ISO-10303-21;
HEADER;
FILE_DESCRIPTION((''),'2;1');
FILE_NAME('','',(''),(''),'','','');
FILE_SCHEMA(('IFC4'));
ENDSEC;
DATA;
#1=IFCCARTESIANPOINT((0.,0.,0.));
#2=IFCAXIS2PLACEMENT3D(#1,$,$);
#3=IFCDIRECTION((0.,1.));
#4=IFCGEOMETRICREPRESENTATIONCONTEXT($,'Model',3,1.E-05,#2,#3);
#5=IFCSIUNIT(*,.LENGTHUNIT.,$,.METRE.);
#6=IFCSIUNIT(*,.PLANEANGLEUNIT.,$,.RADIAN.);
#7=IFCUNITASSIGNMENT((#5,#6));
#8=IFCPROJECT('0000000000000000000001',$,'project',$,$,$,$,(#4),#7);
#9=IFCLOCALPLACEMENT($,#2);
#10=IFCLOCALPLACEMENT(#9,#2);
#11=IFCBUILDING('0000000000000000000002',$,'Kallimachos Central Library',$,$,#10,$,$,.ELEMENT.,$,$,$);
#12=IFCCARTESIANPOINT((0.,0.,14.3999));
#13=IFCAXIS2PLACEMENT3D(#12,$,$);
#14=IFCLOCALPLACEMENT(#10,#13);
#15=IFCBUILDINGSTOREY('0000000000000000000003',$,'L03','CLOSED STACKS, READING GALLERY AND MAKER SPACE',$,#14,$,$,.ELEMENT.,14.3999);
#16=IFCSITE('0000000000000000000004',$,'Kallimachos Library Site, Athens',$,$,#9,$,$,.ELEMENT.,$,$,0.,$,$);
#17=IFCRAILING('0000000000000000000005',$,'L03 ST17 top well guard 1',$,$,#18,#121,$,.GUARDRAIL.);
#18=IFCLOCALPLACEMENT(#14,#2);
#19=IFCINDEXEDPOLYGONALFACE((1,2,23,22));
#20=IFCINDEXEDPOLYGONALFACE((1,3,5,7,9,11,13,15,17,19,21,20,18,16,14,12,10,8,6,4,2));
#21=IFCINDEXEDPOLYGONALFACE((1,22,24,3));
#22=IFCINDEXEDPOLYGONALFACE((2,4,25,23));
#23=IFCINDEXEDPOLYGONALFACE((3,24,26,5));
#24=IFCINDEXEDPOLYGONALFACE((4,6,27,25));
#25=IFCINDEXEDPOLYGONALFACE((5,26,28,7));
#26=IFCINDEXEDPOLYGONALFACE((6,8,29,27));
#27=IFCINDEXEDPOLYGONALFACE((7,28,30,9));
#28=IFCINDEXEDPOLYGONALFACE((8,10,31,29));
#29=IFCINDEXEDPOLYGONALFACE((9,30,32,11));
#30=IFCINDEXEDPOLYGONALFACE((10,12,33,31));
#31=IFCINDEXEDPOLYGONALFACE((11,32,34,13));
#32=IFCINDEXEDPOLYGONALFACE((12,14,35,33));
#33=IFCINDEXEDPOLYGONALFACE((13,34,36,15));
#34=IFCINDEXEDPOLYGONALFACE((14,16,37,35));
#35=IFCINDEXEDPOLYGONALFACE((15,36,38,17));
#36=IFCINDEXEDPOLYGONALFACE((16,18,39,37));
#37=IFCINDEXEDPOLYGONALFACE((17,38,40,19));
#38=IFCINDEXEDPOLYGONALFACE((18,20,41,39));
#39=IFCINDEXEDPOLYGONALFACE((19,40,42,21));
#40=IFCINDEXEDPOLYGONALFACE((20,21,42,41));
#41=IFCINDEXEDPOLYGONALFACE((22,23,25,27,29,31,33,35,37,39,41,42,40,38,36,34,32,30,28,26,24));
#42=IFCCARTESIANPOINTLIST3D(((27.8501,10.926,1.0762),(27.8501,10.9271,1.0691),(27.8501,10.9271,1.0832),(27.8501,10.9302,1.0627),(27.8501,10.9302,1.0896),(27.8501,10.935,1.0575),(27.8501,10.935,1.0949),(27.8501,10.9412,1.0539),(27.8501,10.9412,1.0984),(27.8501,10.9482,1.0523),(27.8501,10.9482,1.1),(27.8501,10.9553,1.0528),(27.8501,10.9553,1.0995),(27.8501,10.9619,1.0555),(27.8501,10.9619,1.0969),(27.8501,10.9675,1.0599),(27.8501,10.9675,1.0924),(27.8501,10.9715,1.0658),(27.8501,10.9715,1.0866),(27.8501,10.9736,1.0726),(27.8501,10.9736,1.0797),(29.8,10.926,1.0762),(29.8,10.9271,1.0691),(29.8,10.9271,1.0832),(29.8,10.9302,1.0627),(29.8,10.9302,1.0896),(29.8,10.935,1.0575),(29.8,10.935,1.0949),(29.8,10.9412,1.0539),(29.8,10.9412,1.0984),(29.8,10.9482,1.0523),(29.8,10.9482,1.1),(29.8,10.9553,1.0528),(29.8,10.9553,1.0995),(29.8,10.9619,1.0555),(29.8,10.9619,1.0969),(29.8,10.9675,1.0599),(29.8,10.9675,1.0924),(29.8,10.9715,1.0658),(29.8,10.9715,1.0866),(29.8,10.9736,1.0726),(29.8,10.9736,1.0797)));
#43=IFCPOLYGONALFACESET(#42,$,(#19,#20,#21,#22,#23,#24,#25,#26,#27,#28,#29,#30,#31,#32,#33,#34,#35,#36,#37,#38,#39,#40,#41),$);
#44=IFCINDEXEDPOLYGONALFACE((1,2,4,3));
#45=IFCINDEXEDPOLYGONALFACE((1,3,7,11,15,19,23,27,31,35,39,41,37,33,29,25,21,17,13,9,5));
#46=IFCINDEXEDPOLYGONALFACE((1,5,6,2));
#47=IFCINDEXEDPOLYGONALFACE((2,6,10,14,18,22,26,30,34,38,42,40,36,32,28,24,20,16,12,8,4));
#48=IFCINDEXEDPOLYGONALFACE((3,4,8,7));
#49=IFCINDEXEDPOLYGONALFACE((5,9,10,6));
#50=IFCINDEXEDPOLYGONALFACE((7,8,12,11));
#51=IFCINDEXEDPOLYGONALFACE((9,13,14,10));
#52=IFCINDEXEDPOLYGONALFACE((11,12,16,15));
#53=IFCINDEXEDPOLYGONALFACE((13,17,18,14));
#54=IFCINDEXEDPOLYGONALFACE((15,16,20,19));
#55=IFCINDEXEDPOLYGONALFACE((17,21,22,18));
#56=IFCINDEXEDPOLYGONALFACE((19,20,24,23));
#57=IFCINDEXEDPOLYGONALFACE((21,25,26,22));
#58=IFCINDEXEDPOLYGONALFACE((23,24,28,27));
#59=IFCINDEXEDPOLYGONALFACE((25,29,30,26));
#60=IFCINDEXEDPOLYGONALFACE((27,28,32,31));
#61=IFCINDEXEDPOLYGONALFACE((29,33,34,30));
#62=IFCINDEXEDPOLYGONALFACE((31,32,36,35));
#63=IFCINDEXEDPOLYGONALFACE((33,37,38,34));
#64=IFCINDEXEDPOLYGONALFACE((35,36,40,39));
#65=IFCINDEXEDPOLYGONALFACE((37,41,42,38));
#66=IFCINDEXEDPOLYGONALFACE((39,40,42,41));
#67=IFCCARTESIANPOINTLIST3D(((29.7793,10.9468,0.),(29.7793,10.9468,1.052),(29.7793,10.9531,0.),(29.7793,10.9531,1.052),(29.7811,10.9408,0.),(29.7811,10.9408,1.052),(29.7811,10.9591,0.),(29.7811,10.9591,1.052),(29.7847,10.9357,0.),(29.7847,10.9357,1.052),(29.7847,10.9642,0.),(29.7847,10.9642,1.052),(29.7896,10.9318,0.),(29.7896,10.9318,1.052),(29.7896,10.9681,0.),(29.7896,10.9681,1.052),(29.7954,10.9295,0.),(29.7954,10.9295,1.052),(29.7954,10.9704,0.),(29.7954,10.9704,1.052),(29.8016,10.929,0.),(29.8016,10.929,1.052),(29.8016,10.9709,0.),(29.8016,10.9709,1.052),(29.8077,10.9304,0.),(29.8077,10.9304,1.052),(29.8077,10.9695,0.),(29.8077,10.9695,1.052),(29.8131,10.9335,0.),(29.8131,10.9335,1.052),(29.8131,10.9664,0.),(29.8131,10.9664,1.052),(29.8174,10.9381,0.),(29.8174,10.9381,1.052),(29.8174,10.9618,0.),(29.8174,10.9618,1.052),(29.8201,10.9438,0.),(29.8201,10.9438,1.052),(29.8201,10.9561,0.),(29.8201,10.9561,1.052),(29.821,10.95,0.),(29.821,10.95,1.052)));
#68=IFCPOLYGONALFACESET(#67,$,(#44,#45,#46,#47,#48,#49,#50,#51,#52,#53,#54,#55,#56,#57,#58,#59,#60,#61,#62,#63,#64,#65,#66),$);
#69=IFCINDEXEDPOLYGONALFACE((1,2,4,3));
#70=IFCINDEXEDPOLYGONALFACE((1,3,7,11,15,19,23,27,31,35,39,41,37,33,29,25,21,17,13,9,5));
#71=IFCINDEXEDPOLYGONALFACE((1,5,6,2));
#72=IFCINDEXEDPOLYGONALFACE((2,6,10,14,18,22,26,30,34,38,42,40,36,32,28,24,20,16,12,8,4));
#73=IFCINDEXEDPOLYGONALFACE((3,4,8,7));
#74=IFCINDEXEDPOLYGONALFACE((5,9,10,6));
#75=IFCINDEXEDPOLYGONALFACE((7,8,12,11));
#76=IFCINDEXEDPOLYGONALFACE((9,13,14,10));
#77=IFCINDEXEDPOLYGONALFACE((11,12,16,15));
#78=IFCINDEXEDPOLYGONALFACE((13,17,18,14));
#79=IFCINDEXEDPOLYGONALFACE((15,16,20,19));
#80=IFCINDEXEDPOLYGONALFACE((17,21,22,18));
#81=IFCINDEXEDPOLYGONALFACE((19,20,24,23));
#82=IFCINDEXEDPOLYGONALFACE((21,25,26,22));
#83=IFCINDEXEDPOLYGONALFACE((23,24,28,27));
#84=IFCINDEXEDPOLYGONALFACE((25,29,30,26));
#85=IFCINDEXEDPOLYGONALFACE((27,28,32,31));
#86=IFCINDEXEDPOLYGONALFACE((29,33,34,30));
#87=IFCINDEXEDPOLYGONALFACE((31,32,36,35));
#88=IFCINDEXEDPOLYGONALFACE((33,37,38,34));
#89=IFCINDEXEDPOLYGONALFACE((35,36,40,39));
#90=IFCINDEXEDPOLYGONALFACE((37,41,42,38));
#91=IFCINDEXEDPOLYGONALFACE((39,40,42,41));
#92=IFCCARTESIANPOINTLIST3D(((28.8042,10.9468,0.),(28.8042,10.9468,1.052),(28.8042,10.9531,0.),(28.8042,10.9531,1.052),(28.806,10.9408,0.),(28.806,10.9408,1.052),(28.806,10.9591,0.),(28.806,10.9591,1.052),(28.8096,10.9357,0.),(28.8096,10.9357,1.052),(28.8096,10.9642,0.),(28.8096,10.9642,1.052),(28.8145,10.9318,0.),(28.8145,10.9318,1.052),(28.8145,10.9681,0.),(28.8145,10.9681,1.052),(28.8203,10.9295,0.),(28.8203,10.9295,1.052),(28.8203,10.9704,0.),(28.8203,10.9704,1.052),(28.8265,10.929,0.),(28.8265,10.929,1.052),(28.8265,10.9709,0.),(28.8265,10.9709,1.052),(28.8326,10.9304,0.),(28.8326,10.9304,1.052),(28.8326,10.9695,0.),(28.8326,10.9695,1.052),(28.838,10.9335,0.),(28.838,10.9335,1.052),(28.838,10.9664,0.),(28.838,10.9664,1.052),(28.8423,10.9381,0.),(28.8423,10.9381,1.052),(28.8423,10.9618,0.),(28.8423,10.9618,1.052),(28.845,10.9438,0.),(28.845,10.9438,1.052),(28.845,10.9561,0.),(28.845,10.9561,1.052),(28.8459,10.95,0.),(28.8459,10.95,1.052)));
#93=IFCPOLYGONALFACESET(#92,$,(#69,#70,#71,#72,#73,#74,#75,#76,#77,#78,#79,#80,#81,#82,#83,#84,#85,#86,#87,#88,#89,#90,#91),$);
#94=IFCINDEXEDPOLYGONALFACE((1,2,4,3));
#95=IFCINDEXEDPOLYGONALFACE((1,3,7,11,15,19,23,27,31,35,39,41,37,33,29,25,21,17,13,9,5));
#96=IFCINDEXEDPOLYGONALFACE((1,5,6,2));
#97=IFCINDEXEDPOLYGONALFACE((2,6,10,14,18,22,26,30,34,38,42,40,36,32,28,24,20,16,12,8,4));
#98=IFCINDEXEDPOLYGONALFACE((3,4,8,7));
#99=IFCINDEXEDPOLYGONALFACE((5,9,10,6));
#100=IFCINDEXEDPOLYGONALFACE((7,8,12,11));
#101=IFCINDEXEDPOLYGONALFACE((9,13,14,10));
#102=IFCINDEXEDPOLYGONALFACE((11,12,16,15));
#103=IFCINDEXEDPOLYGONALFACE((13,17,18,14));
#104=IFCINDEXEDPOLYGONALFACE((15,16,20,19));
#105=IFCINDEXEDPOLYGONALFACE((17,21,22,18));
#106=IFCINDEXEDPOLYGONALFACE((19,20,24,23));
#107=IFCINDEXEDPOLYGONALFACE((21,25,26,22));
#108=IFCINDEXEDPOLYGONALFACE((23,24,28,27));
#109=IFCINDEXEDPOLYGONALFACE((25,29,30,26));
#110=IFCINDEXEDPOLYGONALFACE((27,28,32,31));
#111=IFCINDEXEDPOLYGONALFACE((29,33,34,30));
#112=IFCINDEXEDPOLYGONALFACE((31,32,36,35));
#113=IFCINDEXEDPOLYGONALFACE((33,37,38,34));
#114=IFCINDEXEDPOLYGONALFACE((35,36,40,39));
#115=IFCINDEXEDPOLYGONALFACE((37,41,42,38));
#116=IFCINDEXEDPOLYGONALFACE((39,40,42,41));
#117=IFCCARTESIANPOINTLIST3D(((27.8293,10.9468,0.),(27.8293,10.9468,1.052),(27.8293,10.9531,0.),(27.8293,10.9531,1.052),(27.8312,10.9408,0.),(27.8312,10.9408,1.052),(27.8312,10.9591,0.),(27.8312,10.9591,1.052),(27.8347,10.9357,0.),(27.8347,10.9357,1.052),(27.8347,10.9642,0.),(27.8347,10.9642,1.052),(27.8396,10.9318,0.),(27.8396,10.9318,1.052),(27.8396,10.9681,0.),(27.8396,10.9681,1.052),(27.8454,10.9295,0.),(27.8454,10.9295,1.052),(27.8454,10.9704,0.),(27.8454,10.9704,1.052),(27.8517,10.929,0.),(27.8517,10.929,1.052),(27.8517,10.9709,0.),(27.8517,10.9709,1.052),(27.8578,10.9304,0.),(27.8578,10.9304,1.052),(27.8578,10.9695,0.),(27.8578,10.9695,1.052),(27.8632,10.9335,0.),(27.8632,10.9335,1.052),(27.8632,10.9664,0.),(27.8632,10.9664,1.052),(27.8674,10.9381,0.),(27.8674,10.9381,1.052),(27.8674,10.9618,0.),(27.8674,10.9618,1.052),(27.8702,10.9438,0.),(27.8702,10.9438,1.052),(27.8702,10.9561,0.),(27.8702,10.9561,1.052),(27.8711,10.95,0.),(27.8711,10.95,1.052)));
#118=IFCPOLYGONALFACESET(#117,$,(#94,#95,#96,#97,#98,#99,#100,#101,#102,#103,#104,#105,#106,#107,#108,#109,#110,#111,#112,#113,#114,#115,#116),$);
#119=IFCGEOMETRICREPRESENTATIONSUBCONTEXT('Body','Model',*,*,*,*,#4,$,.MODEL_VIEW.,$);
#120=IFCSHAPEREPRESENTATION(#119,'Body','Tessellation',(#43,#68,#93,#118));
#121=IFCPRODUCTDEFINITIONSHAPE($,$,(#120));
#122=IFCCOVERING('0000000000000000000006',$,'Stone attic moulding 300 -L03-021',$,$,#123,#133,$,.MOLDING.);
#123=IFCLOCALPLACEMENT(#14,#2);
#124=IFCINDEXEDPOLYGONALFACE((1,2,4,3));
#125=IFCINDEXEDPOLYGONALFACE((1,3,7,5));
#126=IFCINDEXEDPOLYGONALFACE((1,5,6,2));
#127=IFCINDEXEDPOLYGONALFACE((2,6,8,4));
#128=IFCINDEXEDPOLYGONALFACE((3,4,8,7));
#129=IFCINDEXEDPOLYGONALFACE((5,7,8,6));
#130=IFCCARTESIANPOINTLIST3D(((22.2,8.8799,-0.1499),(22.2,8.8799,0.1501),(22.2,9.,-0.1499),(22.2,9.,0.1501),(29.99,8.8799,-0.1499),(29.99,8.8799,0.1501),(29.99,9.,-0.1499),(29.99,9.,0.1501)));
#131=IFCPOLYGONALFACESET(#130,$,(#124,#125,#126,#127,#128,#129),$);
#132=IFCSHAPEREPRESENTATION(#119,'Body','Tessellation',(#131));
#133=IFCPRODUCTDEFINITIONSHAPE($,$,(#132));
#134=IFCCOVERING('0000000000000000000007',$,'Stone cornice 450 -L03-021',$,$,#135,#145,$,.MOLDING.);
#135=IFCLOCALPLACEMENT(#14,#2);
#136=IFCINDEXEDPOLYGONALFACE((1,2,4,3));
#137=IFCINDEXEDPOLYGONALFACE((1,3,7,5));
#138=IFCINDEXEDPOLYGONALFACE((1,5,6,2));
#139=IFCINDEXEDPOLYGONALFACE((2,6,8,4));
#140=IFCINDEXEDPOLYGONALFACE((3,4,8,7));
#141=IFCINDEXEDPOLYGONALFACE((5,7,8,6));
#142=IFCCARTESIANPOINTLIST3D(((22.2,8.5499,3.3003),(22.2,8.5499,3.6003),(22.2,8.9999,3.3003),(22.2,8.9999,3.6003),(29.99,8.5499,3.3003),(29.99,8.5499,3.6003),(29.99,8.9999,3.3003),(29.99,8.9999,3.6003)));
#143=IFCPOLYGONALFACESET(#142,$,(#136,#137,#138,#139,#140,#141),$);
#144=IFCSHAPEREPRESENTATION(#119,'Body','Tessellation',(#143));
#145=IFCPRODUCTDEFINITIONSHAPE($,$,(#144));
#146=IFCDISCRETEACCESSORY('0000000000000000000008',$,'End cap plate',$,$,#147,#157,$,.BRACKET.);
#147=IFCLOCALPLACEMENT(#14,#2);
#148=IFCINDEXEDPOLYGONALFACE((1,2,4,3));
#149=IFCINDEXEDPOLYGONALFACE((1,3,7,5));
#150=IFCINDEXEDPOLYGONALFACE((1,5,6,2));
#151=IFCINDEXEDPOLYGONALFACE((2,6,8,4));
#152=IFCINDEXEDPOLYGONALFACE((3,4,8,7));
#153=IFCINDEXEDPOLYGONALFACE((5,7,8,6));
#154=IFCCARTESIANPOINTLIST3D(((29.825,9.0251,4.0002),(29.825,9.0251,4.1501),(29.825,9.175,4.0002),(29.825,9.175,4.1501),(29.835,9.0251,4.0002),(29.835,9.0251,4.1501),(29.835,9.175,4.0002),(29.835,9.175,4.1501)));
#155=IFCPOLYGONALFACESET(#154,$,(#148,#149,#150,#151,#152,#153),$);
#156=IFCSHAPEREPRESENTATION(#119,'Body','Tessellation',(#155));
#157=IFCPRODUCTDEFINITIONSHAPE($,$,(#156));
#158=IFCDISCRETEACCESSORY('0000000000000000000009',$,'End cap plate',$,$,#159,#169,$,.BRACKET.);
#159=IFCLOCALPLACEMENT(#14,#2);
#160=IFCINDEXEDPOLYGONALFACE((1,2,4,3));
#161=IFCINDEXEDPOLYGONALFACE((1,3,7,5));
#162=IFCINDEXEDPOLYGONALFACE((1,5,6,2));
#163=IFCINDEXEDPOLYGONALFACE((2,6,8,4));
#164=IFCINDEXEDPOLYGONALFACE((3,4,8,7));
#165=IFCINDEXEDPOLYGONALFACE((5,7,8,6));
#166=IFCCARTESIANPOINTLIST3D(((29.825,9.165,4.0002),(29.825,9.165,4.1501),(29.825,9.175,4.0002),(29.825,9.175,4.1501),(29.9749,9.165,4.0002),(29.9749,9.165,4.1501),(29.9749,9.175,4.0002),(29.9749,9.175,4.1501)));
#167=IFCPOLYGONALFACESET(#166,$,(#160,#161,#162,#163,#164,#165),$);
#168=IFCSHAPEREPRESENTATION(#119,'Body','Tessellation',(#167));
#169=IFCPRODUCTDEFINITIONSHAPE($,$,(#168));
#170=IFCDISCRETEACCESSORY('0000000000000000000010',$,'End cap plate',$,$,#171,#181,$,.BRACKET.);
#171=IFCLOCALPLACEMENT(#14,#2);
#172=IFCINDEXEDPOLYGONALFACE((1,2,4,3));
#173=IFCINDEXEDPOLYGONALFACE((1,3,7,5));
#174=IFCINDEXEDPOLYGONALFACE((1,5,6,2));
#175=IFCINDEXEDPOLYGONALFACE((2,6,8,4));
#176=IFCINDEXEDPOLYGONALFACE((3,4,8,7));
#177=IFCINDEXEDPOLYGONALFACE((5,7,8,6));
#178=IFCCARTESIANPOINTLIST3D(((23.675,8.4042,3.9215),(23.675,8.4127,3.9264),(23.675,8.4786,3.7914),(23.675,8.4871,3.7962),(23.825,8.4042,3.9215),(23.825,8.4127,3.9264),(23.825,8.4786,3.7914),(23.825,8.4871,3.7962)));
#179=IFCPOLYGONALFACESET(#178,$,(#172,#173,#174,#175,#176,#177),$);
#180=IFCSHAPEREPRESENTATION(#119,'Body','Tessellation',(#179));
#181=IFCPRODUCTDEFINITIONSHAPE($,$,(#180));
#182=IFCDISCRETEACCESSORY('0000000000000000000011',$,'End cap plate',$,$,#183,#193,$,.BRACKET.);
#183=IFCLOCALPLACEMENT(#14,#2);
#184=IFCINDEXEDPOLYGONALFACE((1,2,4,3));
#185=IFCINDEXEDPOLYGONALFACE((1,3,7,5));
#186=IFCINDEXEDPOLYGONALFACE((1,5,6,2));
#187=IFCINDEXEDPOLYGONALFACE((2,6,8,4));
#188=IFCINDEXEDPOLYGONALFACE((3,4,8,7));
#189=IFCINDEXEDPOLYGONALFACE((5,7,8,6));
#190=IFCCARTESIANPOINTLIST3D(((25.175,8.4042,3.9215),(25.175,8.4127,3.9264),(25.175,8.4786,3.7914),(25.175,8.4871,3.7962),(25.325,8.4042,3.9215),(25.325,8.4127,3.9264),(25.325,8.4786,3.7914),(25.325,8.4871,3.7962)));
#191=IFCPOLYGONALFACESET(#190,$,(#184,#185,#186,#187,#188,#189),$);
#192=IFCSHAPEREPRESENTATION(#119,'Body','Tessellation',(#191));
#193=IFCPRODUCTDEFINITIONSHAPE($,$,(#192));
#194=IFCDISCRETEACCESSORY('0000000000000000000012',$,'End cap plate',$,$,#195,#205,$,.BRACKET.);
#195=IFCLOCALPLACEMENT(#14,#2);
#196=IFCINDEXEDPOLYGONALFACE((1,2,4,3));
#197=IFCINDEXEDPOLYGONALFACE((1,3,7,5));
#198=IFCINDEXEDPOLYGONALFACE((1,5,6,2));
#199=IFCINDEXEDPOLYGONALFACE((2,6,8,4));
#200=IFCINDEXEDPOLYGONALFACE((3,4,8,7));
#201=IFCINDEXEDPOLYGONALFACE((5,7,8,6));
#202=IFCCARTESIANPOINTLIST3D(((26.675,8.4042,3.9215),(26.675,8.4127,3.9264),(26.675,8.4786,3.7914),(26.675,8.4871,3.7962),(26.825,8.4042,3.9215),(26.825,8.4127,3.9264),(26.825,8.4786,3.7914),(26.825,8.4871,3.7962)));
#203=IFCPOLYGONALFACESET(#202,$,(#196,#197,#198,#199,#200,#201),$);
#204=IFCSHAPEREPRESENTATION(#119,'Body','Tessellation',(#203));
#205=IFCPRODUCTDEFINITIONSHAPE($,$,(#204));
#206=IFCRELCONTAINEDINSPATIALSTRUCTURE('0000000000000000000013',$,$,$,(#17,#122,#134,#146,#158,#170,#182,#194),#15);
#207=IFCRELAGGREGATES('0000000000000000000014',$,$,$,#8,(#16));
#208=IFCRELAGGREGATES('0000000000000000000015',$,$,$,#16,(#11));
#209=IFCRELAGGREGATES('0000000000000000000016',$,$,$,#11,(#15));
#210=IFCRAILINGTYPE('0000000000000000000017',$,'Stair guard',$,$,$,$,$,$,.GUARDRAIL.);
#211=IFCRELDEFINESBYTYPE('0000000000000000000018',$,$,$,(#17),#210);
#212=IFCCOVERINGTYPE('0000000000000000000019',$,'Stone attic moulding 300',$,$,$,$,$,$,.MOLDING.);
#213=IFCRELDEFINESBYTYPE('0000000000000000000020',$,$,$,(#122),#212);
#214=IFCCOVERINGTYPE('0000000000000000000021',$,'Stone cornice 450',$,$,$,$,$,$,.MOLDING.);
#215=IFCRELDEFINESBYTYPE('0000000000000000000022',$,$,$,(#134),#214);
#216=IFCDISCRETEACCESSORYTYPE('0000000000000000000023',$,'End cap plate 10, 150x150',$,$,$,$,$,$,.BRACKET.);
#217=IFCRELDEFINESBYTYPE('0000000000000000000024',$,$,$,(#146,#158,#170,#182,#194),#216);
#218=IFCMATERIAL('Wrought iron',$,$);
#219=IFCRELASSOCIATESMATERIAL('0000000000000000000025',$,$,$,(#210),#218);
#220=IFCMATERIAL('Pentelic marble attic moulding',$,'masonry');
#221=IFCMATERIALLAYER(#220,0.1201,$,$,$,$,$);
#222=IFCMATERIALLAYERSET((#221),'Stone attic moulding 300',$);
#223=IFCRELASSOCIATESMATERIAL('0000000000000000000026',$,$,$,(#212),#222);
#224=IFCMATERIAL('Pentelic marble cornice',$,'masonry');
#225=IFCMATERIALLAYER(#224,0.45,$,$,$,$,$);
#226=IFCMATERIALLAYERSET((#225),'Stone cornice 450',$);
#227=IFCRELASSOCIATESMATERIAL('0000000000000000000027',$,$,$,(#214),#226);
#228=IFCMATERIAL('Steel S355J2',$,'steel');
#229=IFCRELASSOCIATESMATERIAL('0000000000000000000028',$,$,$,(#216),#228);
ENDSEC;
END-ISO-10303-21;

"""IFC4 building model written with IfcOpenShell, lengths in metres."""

from ifc_helpers import new_model, si_unit, direction, frame, origin, origin_2d, place, context, subcontext, project, spatial, rectangle, circle, extrude, material, layer, layer_set, material_profile, profile_set, type_object, element, save


model = new_model("IFC4")

# Units and contexts
model_context = context("Model", 3, precision=1e-05, world=origin(), true_north=direction((0.0, 1.0)))
body_context = subcontext(model_context, "Body", "Model", "MODEL_VIEW")
ifc_project = project(units=[si_unit("LENGTHUNIT", "METRE"), si_unit("PLANEANGLEUNIT", "RADIAN")], contexts=[model_context])

# Site, building, storey
site_placement = place(None, origin())
site = spatial("IfcSite", under=ifc_project, at=site_placement, Name="Kallimachos Library Site, Athens", CompositionType="ELEMENT", RefElevation=0.0)
building_placement = place(site_placement, origin())
building = spatial("IfcBuilding", under=site, at=building_placement, Name="Kallimachos Central Library", CompositionType="ELEMENT")
storey_placement = place(building_placement, frame((0.0, 0.0, 14.3999)))
storey = spatial("IfcBuildingStorey", under=building, at=storey_placement, Name="L03", Description="CLOSED STACKS, READING GALLERY AND MAKER SPACE", CompositionType="ELEMENT", Elevation=14.3999)

# Railing
ifc_material_1 = material(Name="Wrought iron")
railing_type = type_object("IfcRailingType", Name="Stair guard", PredefinedType="GUARDRAIL", material=ifc_material_1)
railing_placement = place(storey_placement, frame((29.8, 10.95, 0.0)))
element("IfcRailing", 1, at=railing_placement, inside=storey, type_object=railing_type, Name="L03 ST17 top well guard 1", PredefinedType="GUARDRAIL", context=body_context, shape_type="SweptSolid", body=[
    extrude(circle(Radius=0.0239, at=origin_2d()), frame((0.0, 0.0, 1.0762), z_axis=(-1.0, 0.0, 0.0), x_axis=(0.0, -1.0, 0.0)), (0.0, 0.0, 1.0), 1.95),
    extrude(circle(Radius=0.021, at=origin_2d()), origin(), (0.0, 0.0, 1.0), 1.052),
    extrude(circle(Radius=0.021, at=origin_2d()), frame((-0.9751, 0.0, 0.0)), (0.0, 0.0, 1.0), 1.052),
    extrude(circle(Radius=0.021, at=origin_2d()), frame((-1.95, 0.0, 0.0)), (0.0, 0.0, 1.0), 1.052),
])

# Coverings
ifc_material_2 = material(Name="Pentelic marble attic moulding", Category="masonry")
ifc_layer_1 = layer(ifc_material_2, 0.1201)
ifc_layer_set_1 = layer_set([ifc_layer_1], Name="Stone attic moulding 300")
covering_type_1 = type_object("IfcCoveringType", Name="Stone attic moulding 300", PredefinedType="MOLDING", material=ifc_layer_set_1)
covering_1_placement = place(storey_placement, frame((26.095, 8.9399, -0.1499), z_axis=(0.0, 0.0, 1.0), x_axis=(1.0, 0.0, 0.0)))
element("IfcCovering", 2, at=covering_1_placement, inside=storey, type_object=covering_type_1, Name="Stone attic moulding 300 -L03-021", PredefinedType="MOLDING", context=body_context, shape_type="SweptSolid", body=[
    extrude(rectangle(XDim=7.79, YDim=0.1201, at=origin_2d()), origin(), (0.0, 0.0, 1.0), 0.3),
])
ifc_material_3 = material(Name="Pentelic marble cornice", Category="masonry")
ifc_layer_2 = layer(ifc_material_3, 0.45)
ifc_layer_set_2 = layer_set([ifc_layer_2], Name="Stone cornice 450")
covering_type_2 = type_object("IfcCoveringType", Name="Stone cornice 450", PredefinedType="MOLDING", material=ifc_layer_set_2)
covering_2_placement = place(storey_placement, frame((26.095, 8.7749, 3.3003), z_axis=(0.0, 0.0, 1.0), x_axis=(1.0, 0.0, 0.0)))
element("IfcCovering", 3, at=covering_2_placement, inside=storey, type_object=covering_type_2, Name="Stone cornice 450 -L03-021", PredefinedType="MOLDING", context=body_context, shape_type="SweptSolid", body=[
    extrude(rectangle(XDim=7.79, YDim=0.45, at=origin_2d()), origin(), (0.0, 0.0, 1.0), 0.3),
])

# Discrete accessories
ifc_material_4 = material(Name="Steel S355J2", Category="steel")
ifc_material_profile_1 = material_profile(ifc_material_4, rectangle(XDim=0.1499, YDim=0.1499, at=origin_2d()), Name="End cap plate 10, 150x150")
ifc_profile_set_1 = profile_set([ifc_material_profile_1], Name="Steel S355J2")
discrete_accessory_type = type_object("IfcDiscreteAccessoryType", Name="End cap plate 10, 150x150", PredefinedType="BRACKET", material=ifc_profile_set_1)
for number, where, z_axis, x_axis, name in (
    (4, (29.825, 9.1001, 4.0752), (1.0, 0.0, 0.0), (0.0, 1.0, 0.0), "End cap plate"),
    (5, (29.8999, 9.165, 4.0752), (0.0, 1.0, 0.0), (-1.0, 0.0, 0.0), "End cap plate"),
):
    element("IfcDiscreteAccessory", number, at=place(storey_placement, frame(where, z_axis=z_axis, x_axis=x_axis)), inside=storey, type_object=discrete_accessory_type, Name=name, PredefinedType="BRACKET", context=body_context, shape_type="SweptSolid", body=[
        extrude(rectangle(XDim=0.1499, YDim=0.1499, at=origin_2d()), origin(), (0.0, 0.0, 1.0), 0.01),
    ])
for number, where, z_axis, x_axis, name in (
    (6, (23.75, 8.4414, 3.8564), (0.0, 0.868243, 0.496139), (-1.0, 0.0, 0.0), "End cap plate"),
    (7, (25.25, 8.4414, 3.8564), (0.0, 0.868243, 0.496139), (-1.0, 0.0, 0.0), "End cap plate"),
    (8, (26.75, 8.4414, 3.8564), (0.0, 0.868243, 0.496139), (-1.0, 0.0, 0.0), "End cap plate"),
):
    element("IfcDiscreteAccessory", number, at=place(storey_placement, frame(where, z_axis=z_axis, x_axis=x_axis)), inside=storey, type_object=discrete_accessory_type, Name=name, PredefinedType="BRACKET", context=body_context, shape_type="SweptSolid", body=[
        extrude(rectangle(XDim=0.1499, YDim=0.1499, at=origin_2d()), origin(), (0.0, 0.0, 1.0), 0.0098),
    ])

save(model, "model.ifc")
